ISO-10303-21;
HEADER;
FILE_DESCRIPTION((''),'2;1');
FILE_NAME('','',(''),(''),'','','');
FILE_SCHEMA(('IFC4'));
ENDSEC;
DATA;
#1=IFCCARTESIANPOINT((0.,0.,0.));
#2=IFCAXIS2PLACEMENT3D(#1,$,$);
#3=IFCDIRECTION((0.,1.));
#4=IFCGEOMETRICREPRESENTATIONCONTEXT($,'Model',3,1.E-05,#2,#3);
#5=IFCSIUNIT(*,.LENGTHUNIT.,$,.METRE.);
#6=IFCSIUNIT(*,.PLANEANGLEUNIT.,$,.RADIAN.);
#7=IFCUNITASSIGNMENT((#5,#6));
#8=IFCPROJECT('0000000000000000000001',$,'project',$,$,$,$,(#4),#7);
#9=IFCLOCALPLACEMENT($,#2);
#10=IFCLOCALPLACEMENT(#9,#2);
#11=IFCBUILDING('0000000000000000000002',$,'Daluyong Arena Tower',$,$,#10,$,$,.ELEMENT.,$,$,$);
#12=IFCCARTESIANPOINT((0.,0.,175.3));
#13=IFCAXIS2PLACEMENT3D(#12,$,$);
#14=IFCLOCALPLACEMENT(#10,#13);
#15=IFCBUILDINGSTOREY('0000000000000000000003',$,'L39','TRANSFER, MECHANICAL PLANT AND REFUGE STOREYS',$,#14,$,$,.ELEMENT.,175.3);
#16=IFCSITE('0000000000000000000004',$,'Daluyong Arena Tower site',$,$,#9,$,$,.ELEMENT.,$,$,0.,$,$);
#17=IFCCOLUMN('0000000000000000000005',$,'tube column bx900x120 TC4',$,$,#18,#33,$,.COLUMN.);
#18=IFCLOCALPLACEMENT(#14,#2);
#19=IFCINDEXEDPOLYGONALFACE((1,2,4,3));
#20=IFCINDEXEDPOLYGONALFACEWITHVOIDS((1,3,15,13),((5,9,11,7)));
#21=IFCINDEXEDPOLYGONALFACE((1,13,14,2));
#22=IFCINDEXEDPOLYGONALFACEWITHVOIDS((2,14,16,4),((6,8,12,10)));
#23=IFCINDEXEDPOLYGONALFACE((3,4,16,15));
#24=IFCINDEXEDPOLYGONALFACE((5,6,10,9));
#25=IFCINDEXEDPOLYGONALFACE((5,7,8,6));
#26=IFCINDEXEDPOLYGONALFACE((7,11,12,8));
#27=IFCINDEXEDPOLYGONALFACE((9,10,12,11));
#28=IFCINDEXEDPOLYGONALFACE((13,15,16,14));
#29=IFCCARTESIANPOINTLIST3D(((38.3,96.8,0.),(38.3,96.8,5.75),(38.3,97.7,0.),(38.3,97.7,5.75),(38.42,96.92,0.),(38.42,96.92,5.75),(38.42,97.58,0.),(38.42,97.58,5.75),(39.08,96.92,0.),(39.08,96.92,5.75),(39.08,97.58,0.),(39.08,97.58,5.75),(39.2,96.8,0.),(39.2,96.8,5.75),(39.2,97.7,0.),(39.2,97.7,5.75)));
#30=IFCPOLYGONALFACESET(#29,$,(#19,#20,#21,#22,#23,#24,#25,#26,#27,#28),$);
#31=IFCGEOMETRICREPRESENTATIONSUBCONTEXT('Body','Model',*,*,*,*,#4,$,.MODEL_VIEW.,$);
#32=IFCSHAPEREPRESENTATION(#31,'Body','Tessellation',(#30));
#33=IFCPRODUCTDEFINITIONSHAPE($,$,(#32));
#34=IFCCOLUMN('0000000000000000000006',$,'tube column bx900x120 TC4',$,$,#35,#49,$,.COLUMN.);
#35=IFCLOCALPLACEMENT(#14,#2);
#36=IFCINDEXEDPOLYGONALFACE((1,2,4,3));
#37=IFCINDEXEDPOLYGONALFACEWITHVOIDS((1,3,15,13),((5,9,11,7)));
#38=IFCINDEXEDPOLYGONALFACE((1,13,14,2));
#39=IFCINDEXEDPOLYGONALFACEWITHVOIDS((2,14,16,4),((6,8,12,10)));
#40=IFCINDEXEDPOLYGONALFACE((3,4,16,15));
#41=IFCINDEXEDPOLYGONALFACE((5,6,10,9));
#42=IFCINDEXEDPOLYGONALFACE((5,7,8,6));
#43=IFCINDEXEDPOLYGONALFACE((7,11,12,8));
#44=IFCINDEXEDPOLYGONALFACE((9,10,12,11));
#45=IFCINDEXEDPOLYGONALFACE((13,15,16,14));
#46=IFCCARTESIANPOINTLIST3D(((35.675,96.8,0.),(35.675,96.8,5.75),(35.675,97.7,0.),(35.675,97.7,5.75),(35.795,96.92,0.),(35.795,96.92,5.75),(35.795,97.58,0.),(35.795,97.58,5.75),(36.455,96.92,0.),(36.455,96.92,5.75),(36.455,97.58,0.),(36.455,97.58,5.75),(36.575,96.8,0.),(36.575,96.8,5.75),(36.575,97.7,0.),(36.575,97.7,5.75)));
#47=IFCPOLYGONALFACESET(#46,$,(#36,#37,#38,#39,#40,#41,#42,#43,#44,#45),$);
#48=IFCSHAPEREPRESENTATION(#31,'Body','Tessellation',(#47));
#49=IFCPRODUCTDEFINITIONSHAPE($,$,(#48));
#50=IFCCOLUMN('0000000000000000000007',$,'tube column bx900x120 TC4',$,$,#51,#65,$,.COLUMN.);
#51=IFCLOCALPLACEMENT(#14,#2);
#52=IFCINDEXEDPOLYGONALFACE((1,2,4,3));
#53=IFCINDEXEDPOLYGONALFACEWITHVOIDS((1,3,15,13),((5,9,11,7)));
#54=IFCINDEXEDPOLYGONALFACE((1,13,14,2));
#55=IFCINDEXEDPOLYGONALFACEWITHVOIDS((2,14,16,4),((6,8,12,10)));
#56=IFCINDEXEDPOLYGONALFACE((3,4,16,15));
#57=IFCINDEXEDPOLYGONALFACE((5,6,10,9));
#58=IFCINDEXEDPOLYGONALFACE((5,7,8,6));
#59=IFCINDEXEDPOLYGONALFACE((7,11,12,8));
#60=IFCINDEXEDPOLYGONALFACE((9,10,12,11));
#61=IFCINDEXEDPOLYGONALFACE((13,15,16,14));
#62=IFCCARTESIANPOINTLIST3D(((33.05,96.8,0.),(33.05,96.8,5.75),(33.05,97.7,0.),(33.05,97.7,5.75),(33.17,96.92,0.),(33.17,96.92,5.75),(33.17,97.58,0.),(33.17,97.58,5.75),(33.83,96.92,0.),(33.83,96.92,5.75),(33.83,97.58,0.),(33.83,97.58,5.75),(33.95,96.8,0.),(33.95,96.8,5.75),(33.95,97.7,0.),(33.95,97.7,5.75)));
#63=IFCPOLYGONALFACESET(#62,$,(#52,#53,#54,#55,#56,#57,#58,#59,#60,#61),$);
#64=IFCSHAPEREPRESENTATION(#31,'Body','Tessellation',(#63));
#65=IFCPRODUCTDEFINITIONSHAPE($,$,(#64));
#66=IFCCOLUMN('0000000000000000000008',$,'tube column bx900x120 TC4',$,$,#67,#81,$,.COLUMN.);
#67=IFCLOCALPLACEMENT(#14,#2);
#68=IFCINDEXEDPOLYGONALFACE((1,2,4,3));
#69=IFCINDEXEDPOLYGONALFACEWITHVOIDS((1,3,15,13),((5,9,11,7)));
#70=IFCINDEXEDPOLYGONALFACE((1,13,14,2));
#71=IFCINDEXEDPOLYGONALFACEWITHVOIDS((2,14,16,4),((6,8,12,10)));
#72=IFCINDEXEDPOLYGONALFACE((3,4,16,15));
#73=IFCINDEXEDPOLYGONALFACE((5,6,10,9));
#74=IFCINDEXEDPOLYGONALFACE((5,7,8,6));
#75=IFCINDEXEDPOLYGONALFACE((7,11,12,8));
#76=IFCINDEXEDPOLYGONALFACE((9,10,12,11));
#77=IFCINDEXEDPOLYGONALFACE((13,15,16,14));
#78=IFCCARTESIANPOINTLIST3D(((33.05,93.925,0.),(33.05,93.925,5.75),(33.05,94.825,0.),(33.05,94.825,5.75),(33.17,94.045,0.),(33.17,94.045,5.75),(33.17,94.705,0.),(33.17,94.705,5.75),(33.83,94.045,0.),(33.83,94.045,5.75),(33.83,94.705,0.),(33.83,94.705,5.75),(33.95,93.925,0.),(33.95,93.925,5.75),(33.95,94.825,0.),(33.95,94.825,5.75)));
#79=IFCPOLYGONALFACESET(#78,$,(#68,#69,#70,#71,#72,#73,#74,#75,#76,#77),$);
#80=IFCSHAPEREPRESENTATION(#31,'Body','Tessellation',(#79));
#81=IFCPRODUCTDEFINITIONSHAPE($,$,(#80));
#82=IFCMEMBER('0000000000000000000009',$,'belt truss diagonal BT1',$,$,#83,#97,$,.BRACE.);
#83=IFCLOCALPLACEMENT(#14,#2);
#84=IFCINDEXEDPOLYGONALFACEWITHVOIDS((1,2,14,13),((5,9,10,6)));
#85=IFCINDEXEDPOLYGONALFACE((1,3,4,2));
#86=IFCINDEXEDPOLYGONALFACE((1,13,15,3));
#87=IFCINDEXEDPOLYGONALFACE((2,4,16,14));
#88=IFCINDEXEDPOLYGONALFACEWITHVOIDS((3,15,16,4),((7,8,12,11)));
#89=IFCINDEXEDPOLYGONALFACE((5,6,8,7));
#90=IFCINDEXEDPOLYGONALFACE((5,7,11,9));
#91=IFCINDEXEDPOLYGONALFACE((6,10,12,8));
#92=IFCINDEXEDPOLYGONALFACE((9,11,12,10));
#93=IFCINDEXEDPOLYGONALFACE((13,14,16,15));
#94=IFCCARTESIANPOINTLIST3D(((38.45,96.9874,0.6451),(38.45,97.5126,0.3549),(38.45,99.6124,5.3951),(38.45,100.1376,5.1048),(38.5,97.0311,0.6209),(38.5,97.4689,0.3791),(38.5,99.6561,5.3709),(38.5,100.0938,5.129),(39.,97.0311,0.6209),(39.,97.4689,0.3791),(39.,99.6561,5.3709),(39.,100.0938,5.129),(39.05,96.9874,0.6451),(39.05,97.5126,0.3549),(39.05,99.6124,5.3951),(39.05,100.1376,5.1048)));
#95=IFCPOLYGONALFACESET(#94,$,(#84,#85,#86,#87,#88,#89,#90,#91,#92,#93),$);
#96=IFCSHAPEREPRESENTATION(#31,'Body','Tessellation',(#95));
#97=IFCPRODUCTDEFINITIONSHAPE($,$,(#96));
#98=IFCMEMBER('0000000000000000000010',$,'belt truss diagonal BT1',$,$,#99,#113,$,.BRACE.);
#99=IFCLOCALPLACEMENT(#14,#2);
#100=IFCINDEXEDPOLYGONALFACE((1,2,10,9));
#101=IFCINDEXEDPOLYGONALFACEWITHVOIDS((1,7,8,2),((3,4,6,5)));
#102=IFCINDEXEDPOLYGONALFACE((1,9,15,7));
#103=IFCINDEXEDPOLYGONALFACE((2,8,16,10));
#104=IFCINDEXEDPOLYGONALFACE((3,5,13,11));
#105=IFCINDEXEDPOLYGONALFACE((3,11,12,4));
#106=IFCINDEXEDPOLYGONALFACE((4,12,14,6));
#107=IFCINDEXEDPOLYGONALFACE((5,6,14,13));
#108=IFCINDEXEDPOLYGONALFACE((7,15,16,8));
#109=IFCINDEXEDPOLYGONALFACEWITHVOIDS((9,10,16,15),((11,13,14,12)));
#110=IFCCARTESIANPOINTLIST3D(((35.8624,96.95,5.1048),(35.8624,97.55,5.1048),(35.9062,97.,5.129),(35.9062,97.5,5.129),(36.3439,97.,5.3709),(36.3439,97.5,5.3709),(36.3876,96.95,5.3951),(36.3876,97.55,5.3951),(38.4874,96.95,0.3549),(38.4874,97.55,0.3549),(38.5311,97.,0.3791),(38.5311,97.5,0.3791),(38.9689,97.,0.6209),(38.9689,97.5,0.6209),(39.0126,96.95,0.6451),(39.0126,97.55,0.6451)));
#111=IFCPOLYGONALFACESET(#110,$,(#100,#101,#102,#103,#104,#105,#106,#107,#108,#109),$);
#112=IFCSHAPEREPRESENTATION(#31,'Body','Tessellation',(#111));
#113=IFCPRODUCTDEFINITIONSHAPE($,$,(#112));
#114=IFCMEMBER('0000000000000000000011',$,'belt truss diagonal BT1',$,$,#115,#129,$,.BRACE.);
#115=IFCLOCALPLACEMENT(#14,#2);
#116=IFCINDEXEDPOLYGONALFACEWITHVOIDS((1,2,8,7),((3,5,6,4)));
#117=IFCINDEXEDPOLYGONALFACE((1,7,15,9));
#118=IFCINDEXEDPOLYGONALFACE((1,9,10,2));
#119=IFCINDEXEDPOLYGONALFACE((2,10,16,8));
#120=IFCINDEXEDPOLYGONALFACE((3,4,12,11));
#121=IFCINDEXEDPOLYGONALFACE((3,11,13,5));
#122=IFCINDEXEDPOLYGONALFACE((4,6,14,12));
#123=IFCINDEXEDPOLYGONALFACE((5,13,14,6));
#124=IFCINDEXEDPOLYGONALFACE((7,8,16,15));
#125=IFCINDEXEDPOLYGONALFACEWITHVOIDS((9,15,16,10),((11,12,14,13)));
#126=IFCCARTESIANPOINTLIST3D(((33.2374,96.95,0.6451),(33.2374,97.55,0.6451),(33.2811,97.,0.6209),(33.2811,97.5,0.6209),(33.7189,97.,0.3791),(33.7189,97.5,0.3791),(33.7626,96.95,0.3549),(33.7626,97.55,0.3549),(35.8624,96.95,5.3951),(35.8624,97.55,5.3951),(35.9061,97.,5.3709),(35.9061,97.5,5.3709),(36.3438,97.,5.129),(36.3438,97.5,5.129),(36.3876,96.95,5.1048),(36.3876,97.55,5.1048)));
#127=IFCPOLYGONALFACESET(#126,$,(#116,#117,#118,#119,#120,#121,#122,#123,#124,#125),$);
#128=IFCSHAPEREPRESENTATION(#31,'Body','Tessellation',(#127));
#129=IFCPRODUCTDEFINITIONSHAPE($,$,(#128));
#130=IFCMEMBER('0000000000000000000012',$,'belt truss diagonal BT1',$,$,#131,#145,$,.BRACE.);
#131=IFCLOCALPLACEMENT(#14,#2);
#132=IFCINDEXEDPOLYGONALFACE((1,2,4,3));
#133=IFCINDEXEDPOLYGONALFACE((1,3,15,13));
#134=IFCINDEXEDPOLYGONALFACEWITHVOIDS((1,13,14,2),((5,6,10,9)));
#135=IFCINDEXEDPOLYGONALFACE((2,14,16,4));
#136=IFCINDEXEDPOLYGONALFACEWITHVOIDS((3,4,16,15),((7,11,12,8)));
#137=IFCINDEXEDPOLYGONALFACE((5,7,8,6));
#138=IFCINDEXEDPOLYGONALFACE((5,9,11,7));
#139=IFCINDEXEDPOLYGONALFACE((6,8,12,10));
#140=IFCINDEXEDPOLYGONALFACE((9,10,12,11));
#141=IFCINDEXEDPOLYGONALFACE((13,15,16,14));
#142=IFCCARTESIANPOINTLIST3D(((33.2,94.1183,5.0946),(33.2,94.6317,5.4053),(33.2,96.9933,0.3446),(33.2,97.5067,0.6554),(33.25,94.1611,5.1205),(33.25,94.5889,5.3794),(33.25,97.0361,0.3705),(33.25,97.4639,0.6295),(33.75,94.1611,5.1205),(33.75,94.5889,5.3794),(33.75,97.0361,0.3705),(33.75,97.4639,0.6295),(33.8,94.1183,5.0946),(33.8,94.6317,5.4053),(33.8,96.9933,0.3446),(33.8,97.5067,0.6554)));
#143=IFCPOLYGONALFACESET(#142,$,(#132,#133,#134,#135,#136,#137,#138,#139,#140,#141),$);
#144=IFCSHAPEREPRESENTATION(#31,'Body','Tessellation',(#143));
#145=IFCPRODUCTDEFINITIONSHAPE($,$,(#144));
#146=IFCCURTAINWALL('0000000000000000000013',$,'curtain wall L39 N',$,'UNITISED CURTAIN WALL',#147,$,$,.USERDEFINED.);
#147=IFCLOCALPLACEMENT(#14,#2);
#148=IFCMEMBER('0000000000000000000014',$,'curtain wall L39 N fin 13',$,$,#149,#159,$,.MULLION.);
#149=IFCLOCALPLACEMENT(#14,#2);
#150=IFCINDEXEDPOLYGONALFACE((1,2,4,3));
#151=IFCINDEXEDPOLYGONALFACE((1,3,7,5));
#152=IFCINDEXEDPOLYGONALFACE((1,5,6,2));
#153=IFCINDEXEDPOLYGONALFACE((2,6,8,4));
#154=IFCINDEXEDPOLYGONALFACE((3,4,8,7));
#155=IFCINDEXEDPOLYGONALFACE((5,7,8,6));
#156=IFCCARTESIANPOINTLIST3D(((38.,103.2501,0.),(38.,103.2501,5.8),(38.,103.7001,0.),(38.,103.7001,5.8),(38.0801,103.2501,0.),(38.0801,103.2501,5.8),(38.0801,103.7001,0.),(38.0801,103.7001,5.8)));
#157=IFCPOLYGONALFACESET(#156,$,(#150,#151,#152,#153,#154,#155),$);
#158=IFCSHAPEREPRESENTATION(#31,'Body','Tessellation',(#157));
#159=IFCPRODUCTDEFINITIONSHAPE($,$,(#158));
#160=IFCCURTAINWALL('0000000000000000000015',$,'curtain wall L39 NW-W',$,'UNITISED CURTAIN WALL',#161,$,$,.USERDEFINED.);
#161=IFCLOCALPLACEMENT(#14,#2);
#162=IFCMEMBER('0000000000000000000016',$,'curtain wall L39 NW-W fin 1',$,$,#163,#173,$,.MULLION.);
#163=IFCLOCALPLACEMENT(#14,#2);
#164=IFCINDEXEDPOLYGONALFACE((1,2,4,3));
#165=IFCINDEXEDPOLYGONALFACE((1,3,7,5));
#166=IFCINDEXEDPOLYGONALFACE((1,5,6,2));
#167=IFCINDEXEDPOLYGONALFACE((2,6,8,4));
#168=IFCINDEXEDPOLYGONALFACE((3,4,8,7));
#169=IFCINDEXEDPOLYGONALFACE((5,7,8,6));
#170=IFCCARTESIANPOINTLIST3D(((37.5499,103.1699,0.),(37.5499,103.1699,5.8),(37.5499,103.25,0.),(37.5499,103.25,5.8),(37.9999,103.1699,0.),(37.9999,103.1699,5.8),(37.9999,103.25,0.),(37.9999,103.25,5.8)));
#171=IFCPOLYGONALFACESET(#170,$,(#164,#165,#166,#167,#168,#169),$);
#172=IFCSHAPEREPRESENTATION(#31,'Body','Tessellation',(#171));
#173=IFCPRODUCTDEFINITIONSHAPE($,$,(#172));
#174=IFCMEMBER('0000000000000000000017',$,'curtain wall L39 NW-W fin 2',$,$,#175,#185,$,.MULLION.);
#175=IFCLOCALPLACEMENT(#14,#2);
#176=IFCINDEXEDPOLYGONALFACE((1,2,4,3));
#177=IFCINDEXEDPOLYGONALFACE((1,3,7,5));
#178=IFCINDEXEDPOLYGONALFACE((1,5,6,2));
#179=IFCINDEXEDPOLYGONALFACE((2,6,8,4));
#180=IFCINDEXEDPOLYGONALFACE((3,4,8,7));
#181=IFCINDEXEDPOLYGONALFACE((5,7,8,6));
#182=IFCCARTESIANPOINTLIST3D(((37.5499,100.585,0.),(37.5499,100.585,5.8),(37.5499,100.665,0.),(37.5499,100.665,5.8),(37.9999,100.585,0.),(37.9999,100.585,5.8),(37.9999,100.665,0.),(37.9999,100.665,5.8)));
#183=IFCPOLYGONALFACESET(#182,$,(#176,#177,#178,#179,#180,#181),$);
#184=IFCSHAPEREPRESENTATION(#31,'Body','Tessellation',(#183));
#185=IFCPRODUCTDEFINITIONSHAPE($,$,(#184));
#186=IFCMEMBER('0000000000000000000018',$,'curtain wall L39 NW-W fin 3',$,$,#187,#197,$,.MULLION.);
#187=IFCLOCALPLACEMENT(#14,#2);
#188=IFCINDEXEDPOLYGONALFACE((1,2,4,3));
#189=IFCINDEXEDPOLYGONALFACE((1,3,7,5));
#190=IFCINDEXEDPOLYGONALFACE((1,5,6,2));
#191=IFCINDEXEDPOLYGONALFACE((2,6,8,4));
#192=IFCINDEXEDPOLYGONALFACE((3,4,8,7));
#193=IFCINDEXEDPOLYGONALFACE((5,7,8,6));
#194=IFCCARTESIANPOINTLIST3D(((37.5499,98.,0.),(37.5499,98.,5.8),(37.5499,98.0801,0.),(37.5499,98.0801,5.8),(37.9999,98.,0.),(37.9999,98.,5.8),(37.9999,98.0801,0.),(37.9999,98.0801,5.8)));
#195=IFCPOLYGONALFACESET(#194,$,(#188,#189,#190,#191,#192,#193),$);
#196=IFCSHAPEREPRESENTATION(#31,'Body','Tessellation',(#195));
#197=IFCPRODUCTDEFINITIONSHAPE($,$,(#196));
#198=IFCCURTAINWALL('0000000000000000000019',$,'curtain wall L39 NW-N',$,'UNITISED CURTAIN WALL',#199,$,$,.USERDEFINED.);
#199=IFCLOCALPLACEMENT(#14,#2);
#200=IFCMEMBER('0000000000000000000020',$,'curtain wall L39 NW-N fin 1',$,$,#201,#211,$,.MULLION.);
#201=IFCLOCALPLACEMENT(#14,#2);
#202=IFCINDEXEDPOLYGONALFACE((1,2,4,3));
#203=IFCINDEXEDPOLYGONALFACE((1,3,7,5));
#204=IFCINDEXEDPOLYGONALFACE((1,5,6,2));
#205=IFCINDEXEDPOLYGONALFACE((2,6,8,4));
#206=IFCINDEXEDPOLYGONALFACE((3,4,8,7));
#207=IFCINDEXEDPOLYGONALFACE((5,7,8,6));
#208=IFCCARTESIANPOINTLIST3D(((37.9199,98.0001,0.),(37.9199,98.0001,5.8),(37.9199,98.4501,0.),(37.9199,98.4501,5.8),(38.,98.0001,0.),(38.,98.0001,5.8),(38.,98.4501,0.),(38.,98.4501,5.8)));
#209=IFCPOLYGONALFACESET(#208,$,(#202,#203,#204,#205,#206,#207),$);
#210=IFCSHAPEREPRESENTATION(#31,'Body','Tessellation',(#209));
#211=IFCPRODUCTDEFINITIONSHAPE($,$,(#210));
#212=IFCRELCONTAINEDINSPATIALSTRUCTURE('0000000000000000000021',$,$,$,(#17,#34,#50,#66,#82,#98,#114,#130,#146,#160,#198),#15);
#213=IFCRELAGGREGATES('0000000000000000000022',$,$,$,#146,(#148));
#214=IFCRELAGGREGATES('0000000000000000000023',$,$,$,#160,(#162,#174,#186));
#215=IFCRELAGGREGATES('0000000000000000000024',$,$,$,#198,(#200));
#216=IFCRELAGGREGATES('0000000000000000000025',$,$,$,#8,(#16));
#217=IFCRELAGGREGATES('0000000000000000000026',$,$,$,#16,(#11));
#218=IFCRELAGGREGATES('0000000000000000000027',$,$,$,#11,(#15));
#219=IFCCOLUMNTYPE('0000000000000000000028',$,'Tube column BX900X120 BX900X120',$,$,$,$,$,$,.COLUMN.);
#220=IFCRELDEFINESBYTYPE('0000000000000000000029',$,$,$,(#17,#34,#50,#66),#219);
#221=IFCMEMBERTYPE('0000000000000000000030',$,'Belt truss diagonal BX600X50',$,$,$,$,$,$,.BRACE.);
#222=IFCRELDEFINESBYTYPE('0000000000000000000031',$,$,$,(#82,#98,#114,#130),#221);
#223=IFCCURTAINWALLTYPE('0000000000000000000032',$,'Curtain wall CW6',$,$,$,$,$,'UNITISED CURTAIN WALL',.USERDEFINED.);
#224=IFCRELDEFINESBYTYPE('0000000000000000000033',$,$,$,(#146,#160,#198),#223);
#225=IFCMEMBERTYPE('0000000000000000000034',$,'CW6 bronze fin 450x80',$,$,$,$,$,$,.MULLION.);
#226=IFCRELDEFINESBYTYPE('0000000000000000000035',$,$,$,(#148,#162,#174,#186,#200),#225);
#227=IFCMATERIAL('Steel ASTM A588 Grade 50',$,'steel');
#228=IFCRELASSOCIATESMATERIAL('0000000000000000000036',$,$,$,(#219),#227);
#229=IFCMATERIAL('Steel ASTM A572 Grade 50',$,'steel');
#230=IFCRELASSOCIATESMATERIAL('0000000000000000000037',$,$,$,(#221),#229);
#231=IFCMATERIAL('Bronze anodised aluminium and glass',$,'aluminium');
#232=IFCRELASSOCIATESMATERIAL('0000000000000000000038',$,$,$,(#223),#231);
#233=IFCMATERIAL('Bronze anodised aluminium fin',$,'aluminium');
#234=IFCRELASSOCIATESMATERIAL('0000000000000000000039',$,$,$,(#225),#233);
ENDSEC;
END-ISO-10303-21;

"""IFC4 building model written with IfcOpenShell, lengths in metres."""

from ifc_helpers import new_model, si_unit, direction, frame, origin, origin_2d, place, context, subcontext, project, spatial, rectangle, hollow_rectangle, extrude, material, material_profile, profile_set, type_object, element, aggregate, save


model = new_model("IFC4")

# Units and contexts
model_context = context("Model", 3, precision=1e-05, world=origin(), true_north=direction((0.0, 1.0)))
body_context = subcontext(model_context, "Body", "Model", "MODEL_VIEW")
ifc_project = project(units=[si_unit("LENGTHUNIT", "METRE"), si_unit("PLANEANGLEUNIT", "RADIAN")], contexts=[model_context])

# Site, building, storey
site_placement = place(None, origin())
site = spatial("IfcSite", under=ifc_project, at=site_placement, Name="Daluyong Arena Tower site", CompositionType="ELEMENT", RefElevation=0.0)
building_placement = place(site_placement, origin())
building = spatial("IfcBuilding", under=site, at=building_placement, Name="Daluyong Arena Tower", CompositionType="ELEMENT")
storey_placement = place(building_placement, frame((0.0, 0.0, 175.3)))
storey = spatial("IfcBuildingStorey", under=building, at=storey_placement, Name="L39", Description="TRANSFER, MECHANICAL PLANT AND REFUGE STOREYS", CompositionType="ELEMENT", Elevation=175.3)

# Columns
ifc_material_1 = material(Name="Steel ASTM A588 Grade 50", Category="steel")
ifc_material_profile_1 = material_profile(ifc_material_1, hollow_rectangle(XDim=0.8999, YDim=0.8999, WallThickness=0.12, at=origin_2d()))
ifc_profile_set_1 = profile_set([ifc_material_profile_1], Name="Steel ASTM A588 Grade 50")
column_type = type_object("IfcColumnType", Name="Tube column BX900X120 BX900X120", PredefinedType="COLUMN", material=ifc_profile_set_1)
for number, where, z_axis, x_axis, name in (
    (1, (38.75, 97.25, 0.0), (0.0, 0.0, 1.0), (1.0, 0.0, 0.0), "tube column bx900x120 TC4"),
    (2, (36.125, 97.25, 0.0), (0.0, 0.0, 1.0), (1.0, 0.0, 0.0), "tube column bx900x120 TC4"),
    (3, (33.5, 97.25, 0.0), (0.0, 0.0, 1.0), (0.0, 1.0, 0.0), "tube column bx900x120 TC4"),
    (4, (33.5, 94.375, 0.0), (0.0, 0.0, 1.0), (0.0, 1.0, 0.0), "tube column bx900x120 TC4"),
):
    element("IfcColumn", number, at=place(storey_placement, frame(where, z_axis=z_axis, x_axis=x_axis)), inside=storey, type_object=column_type, Name=name, PredefinedType="COLUMN", context=body_context, shape_type="SweptSolid", body=[
        extrude(hollow_rectangle(XDim=0.8999, YDim=0.8999, WallThickness=0.12, at=origin_2d()), origin(), (0.0, 0.0, 1.0), 5.75),
    ])

# Members
ifc_material_2 = material(Name="Steel ASTM A572 Grade 50", Category="steel")
ifc_material_profile_2 = material_profile(ifc_material_2, hollow_rectangle(XDim=0.6001, YDim=0.6001, WallThickness=0.05, at=origin_2d()))
ifc_profile_set_2 = profile_set([ifc_material_profile_2], Name="Steel ASTM A572 Grade 50")
member_type_1 = type_object("IfcMemberType", Name="Belt truss diagonal BX600X50", PredefinedType="BRACE", material=ifc_profile_set_2)
for number, where, z_axis, x_axis, name in (
    (5, (38.75, 97.25, 0.5), (0.0, 0.483686, 0.875242), (-1.0, 0.0, 0.0), "belt truss diagonal BT1"),
    (6, (38.75, 97.25, 0.5), (-0.483686, 0.0, 0.875242), (0.0, -1.0, 0.0), "belt truss diagonal BT1"),
    (7, (33.5, 97.25, 0.5), (0.483686, 0.0, 0.875242), (0.0, 1.0, 0.0), "belt truss diagonal BT1"),
):
    element("IfcMember", number, at=place(storey_placement, frame(where, z_axis=z_axis, x_axis=x_axis)), inside=storey, type_object=member_type_1, Name=name, PredefinedType="BRACE", context=body_context, shape_type="SweptSolid", body=[
        extrude(hollow_rectangle(XDim=0.6001, YDim=0.6001, WallThickness=0.05, at=origin_2d()), origin(), (0.0, 0.0, 1.0), 5.427),
    ])
member_1_placement = place(storey_placement, frame((33.5, 97.25, 0.5), z_axis=(0.0, -0.517803, 0.8555), x_axis=(1.0, 0.0, 0.0)))
element("IfcMember", 8, at=member_1_placement, inside=storey, type_object=member_type_1, Name="belt truss diagonal BT1", PredefinedType="BRACE", context=body_context, shape_type="SweptSolid", body=[
    extrude(hollow_rectangle(XDim=0.6001, YDim=0.6001, WallThickness=0.05, at=origin_2d()), origin(), (0.0, 0.0, 1.0), 5.5522),
])

# Curtain wall, member
ifc_material_3 = material(Name="Bronze anodised aluminium and glass", Category="aluminium")
curtain_wall_type = type_object("IfcCurtainWallType", Name="Curtain wall CW6", ElementType="UNITISED CURTAIN WALL", PredefinedType="USERDEFINED", material=ifc_material_3)
curtain_wall_1_placement = place(storey_placement, origin())
curtain_wall_1 = element("IfcCurtainWall", 9, at=curtain_wall_1_placement, inside=storey, type_object=curtain_wall_type, Name="curtain wall L39 N", ObjectType="UNITISED CURTAIN WALL", PredefinedType="USERDEFINED")
ifc_material_4 = material(Name="Bronze anodised aluminium fin", Category="aluminium")
ifc_material_profile_3 = material_profile(ifc_material_4, rectangle(XDim=0.45, YDim=0.0801, at=origin_2d()))
ifc_profile_set_3 = profile_set([ifc_material_profile_3], Name="Bronze anodised aluminium fin")
member_type_2 = type_object("IfcMemberType", Name="CW6 bronze fin 450x80", PredefinedType="MULLION", material=ifc_profile_set_3)
member_2_placement = place(storey_placement, frame((38.04, 103.4751, 0.0), z_axis=(0.0, 0.0, 1.0), x_axis=(0.0, -1.0, 0.0)))
member_2 = element("IfcMember", 10, at=member_2_placement, type_object=member_type_2, Name="curtain wall L39 N fin 13", PredefinedType="MULLION", context=body_context, shape_type="SweptSolid", body=[
    extrude(rectangle(XDim=0.45, YDim=0.0801, at=origin_2d()), origin(), (0.0, 0.0, 1.0), 5.8),
])
aggregate(curtain_wall_1, [member_2])

# Curtain walls, members
curtain_wall_2_placement = place(storey_placement, origin())
curtain_wall_2 = element("IfcCurtainWall", 11, at=curtain_wall_2_placement, inside=storey, type_object=curtain_wall_type, Name="curtain wall L39 NW-W", ObjectType="UNITISED CURTAIN WALL", PredefinedType="USERDEFINED")
member_3_placement = place(storey_placement, frame((37.7749, 103.21, 0.0), z_axis=(0.0, 0.0, 1.0), x_axis=(1.0, 0.0, 0.0)))
member_3 = element("IfcMember", 12, at=member_3_placement, type_object=member_type_2, Name="curtain wall L39 NW-W fin 1", PredefinedType="MULLION", context=body_context, shape_type="SweptSolid", body=[
    extrude(rectangle(XDim=0.45, YDim=0.0801, at=origin_2d()), origin(), (0.0, 0.0, 1.0), 5.8),
])
member_4_placement = place(storey_placement, frame((37.7749, 100.625, 0.0), z_axis=(0.0, 0.0, 1.0), x_axis=(1.0, 0.0, 0.0)))
member_4 = element("IfcMember", 13, at=member_4_placement, type_object=member_type_2, Name="curtain wall L39 NW-W fin 2", PredefinedType="MULLION", context=body_context, shape_type="SweptSolid", body=[
    extrude(rectangle(XDim=0.45, YDim=0.0801, at=origin_2d()), origin(), (0.0, 0.0, 1.0), 5.8),
])
member_5_placement = place(storey_placement, frame((37.7749, 98.04, 0.0), z_axis=(0.0, 0.0, 1.0), x_axis=(1.0, 0.0, 0.0)))
member_5 = element("IfcMember", 14, at=member_5_placement, type_object=member_type_2, Name="curtain wall L39 NW-W fin 3", PredefinedType="MULLION", context=body_context, shape_type="SweptSolid", body=[
    extrude(rectangle(XDim=0.45, YDim=0.0801, at=origin_2d()), origin(), (0.0, 0.0, 1.0), 5.8),
])
curtain_wall_3_placement = place(storey_placement, origin())
curtain_wall_3 = element("IfcCurtainWall", 15, at=curtain_wall_3_placement, inside=storey, type_object=curtain_wall_type, Name="curtain wall L39 NW-N", ObjectType="UNITISED CURTAIN WALL", PredefinedType="USERDEFINED")
member_6_placement = place(storey_placement, frame((37.96, 98.2251, 0.0), z_axis=(0.0, 0.0, 1.0), x_axis=(0.0, -1.0, 0.0)))
member_6 = element("IfcMember", 16, at=member_6_placement, type_object=member_type_2, Name="curtain wall L39 NW-N fin 1", PredefinedType="MULLION", context=body_context, shape_type="SweptSolid", body=[
    extrude(rectangle(XDim=0.45, YDim=0.0801, at=origin_2d()), origin(), (0.0, 0.0, 1.0), 5.8),
])

aggregate(curtain_wall_2, [member_3, member_4, member_5])
aggregate(curtain_wall_3, [member_6])

save(model, "model.ifc")
